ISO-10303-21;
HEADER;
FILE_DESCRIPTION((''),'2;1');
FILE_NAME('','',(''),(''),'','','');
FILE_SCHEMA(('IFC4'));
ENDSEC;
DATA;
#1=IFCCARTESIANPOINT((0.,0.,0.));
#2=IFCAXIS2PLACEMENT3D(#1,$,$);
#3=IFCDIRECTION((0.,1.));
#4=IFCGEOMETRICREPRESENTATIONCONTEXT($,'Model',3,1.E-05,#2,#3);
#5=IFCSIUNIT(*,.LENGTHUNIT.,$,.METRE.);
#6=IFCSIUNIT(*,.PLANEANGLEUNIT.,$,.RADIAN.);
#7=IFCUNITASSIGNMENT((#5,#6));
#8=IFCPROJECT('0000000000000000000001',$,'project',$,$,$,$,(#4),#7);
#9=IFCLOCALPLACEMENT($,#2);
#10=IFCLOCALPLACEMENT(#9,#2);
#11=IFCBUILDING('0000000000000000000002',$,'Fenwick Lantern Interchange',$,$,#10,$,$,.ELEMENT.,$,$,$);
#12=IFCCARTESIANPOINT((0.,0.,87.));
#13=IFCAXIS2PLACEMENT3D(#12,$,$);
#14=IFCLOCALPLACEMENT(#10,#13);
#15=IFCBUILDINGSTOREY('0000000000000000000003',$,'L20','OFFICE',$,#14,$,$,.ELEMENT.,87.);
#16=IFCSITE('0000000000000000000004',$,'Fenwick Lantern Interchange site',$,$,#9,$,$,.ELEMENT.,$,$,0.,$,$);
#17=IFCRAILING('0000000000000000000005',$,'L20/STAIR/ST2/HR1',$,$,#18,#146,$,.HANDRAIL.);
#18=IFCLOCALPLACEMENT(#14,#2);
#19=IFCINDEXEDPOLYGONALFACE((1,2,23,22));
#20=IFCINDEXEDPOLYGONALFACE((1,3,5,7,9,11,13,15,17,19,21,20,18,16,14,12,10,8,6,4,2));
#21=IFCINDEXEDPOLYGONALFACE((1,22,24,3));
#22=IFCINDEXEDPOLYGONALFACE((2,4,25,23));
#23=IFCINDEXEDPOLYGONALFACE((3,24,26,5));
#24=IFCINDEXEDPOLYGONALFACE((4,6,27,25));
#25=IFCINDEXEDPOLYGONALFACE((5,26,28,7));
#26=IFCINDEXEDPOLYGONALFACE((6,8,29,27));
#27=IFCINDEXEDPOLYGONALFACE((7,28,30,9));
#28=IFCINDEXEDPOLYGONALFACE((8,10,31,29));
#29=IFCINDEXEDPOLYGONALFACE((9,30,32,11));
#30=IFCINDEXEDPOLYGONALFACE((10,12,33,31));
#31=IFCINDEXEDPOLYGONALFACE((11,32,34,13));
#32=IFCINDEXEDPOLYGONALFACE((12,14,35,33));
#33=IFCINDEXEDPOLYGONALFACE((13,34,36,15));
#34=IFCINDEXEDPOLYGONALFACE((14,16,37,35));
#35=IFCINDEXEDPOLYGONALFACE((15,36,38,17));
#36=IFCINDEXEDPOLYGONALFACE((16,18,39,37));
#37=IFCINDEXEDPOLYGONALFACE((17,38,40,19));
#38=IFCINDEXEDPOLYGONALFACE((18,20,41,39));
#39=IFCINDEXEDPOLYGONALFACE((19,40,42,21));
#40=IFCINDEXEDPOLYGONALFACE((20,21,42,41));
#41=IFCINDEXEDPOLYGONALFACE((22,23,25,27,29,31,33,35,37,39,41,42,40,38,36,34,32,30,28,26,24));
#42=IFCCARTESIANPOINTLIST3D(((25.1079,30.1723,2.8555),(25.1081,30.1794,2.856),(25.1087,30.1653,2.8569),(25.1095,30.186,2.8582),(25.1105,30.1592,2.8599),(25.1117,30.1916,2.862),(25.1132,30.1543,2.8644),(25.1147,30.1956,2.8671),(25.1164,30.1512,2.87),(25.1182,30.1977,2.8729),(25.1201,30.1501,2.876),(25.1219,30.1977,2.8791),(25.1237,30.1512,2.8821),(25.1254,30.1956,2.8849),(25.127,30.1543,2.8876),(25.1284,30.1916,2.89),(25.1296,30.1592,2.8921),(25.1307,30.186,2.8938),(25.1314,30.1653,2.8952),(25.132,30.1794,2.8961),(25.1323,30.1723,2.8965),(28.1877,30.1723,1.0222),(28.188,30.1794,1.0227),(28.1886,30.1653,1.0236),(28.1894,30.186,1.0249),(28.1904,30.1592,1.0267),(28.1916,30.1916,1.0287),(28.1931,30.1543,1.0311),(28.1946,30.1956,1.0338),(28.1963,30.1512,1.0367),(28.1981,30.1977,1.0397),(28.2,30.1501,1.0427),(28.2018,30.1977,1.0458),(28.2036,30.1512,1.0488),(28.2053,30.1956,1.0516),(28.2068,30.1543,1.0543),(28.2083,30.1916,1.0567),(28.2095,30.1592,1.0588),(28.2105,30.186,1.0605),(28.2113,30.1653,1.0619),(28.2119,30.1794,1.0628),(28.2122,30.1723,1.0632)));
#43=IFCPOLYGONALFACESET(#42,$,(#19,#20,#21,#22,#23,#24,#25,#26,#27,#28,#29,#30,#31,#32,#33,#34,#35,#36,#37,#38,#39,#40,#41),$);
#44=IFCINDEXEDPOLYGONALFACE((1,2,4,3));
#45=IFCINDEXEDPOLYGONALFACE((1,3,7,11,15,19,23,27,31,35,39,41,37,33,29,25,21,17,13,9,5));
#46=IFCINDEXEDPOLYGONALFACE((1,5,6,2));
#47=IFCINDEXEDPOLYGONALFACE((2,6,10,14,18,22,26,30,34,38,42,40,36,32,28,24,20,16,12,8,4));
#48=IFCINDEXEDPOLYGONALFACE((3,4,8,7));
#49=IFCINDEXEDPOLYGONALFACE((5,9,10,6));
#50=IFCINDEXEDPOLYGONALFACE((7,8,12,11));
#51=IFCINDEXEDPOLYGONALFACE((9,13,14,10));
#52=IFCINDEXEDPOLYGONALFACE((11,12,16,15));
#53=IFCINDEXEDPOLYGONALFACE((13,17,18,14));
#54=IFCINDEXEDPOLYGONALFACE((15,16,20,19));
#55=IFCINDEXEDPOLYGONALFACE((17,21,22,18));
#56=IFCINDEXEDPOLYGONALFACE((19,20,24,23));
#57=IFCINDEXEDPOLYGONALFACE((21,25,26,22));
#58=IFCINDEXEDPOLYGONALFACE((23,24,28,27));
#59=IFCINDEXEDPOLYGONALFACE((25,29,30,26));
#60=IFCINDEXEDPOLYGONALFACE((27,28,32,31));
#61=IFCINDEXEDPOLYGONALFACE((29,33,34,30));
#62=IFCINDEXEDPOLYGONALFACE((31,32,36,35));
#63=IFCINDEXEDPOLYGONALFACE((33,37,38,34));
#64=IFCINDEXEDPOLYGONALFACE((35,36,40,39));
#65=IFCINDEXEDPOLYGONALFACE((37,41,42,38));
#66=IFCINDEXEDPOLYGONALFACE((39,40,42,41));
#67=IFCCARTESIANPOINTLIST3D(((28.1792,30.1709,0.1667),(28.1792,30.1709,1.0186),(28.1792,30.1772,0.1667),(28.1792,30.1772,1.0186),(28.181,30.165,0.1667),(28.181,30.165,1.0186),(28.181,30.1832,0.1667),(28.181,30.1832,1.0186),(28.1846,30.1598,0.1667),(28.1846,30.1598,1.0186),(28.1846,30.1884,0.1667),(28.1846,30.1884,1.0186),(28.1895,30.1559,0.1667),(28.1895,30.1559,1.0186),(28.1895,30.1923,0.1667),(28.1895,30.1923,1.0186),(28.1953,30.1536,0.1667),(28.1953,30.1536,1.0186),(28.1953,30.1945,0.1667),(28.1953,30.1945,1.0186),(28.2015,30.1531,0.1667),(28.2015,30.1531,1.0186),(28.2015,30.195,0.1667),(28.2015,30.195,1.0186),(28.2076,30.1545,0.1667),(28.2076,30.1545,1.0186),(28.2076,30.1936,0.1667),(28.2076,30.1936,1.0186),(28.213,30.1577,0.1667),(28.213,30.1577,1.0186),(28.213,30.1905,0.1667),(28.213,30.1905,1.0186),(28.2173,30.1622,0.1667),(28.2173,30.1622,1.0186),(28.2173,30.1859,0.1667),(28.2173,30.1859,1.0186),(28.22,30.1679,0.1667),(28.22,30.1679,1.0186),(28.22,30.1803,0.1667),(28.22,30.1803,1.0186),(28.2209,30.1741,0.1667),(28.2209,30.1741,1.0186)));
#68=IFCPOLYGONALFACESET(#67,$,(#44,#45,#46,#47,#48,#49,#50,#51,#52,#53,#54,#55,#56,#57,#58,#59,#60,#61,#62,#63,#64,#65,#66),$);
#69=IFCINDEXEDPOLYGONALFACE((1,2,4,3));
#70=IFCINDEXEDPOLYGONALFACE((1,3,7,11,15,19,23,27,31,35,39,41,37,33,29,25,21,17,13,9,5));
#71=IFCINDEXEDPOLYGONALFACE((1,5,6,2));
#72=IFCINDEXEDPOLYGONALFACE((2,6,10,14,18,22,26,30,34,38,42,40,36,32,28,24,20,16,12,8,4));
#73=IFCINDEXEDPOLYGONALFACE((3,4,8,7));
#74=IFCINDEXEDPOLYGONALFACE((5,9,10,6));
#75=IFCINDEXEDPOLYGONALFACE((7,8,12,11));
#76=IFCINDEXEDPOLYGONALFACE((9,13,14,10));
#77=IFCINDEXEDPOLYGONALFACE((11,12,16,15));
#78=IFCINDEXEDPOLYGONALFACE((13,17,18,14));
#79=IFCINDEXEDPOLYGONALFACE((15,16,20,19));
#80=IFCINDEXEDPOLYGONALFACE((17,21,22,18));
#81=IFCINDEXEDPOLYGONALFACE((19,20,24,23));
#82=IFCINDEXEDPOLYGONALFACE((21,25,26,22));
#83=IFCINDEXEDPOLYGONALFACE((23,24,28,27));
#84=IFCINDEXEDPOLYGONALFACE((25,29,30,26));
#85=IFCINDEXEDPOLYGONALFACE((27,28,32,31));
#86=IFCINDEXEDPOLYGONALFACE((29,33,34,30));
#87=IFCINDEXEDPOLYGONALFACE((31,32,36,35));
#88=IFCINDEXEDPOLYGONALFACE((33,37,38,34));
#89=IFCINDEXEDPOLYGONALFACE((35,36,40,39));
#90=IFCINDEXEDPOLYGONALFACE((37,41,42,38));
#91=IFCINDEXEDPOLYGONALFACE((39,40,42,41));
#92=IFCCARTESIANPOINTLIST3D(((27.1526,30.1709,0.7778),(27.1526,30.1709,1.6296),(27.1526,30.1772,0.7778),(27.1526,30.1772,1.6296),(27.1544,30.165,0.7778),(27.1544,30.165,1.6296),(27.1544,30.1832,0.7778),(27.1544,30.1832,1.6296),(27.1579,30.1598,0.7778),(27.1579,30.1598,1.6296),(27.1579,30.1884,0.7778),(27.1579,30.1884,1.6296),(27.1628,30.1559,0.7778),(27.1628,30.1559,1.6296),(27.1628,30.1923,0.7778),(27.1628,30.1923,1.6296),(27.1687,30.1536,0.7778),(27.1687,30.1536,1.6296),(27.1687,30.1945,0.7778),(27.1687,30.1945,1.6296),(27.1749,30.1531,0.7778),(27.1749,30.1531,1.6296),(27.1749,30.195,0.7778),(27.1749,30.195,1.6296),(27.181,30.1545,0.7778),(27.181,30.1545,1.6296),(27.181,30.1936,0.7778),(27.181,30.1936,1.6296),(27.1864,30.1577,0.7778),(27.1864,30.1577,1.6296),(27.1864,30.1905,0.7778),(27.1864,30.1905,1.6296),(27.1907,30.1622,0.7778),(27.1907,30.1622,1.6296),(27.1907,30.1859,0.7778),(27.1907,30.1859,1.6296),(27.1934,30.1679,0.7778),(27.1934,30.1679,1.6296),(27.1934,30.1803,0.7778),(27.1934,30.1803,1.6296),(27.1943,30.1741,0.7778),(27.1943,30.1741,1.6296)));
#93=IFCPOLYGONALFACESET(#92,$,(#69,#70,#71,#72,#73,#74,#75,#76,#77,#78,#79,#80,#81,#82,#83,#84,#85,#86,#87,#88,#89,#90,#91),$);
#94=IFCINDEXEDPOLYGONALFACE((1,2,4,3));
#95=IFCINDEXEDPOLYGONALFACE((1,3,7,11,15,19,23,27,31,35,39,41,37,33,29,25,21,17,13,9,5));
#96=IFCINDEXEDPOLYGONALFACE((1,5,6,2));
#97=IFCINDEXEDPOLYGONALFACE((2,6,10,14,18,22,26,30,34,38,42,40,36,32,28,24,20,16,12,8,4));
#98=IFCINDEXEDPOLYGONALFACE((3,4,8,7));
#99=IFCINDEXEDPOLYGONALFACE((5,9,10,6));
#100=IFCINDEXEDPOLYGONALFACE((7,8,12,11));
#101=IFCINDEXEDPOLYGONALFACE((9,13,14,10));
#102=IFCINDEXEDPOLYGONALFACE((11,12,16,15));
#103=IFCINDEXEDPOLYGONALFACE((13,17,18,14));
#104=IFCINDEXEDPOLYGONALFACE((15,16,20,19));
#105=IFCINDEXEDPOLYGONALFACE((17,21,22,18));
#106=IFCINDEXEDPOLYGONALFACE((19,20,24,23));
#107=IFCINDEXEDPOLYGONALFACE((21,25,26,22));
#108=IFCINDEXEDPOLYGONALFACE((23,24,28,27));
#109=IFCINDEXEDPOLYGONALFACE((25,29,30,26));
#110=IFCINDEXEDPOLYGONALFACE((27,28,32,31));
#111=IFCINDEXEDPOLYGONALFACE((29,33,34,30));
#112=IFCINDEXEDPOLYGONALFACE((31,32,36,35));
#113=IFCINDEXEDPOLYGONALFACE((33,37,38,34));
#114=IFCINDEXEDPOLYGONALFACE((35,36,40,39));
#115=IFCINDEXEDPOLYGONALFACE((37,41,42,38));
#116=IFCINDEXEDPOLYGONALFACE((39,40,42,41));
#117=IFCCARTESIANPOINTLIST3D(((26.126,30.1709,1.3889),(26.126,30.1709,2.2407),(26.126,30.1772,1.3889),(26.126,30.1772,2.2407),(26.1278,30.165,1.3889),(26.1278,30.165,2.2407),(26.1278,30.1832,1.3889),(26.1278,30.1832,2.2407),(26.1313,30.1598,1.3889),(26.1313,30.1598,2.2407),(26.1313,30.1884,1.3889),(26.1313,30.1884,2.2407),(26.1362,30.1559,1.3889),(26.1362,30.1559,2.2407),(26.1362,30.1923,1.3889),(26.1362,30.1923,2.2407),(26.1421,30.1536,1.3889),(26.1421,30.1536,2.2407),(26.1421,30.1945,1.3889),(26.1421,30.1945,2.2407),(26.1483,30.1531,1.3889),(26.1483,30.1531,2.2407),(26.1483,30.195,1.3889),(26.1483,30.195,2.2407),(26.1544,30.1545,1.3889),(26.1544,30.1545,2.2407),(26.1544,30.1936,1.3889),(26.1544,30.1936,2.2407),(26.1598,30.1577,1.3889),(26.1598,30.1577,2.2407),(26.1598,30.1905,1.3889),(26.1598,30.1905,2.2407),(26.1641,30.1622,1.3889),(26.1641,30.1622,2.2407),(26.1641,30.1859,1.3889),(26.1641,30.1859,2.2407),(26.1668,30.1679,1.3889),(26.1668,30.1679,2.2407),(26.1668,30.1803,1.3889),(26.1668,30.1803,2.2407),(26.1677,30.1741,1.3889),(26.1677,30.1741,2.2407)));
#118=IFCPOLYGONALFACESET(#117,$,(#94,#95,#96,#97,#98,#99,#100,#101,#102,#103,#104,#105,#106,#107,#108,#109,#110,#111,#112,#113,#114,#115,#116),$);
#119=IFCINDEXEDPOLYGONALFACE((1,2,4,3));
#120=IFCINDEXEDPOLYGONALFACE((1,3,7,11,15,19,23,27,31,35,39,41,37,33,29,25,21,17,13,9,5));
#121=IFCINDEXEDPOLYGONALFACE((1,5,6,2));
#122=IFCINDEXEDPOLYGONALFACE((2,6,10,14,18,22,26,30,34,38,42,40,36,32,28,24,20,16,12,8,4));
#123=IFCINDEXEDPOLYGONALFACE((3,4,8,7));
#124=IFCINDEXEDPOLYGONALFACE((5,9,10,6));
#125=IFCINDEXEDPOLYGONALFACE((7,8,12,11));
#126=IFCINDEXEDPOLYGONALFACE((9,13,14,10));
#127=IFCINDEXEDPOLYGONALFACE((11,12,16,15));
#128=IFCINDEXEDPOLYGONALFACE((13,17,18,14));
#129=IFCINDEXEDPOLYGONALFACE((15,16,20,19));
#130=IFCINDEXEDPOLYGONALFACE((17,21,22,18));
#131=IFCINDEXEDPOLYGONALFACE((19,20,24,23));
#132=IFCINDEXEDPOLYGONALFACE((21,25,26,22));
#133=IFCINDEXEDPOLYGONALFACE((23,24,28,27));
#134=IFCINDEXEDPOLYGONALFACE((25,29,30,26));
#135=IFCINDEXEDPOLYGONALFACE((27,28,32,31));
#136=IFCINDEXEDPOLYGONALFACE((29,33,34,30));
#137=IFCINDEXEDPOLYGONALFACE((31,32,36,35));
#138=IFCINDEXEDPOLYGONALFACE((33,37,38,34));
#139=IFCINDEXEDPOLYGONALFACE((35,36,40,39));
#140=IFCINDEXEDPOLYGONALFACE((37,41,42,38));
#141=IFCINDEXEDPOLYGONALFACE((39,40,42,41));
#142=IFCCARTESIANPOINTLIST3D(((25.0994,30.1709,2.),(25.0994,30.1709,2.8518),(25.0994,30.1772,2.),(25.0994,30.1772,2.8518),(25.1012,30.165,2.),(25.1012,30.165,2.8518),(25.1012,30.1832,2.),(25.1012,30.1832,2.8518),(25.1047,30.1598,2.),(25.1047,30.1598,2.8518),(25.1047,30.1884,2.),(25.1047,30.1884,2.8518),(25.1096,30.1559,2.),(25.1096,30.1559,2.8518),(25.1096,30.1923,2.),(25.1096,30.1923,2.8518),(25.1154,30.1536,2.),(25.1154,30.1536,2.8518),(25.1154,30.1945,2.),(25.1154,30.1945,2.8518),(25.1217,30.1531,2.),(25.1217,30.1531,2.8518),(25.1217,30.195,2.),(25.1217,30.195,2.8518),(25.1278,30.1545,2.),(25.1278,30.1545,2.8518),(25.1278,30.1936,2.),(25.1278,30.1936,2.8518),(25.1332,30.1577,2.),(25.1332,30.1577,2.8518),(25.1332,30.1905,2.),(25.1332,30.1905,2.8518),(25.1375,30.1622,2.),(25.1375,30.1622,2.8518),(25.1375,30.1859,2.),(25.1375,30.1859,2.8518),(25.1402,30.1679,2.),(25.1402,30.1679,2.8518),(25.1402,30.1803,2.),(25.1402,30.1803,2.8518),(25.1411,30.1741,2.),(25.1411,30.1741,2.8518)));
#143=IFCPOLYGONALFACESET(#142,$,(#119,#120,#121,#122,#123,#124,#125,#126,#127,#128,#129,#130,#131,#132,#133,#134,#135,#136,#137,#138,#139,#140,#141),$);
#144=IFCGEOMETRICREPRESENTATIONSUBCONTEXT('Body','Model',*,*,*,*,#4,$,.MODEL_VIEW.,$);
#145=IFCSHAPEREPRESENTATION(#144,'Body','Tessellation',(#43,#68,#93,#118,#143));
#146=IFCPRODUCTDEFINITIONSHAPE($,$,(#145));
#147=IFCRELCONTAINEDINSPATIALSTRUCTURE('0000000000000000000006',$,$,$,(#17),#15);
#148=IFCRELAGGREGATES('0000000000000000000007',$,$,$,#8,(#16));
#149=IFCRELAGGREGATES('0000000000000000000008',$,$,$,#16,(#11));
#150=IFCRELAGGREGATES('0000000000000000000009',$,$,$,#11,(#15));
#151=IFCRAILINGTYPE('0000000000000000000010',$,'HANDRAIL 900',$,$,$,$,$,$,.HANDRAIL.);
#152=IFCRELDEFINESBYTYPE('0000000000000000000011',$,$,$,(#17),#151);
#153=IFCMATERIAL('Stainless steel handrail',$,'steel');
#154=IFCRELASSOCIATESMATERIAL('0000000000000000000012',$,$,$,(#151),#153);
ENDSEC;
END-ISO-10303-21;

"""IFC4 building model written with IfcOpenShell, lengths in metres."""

from ifc_helpers import new_model, si_unit, direction, frame, origin, origin_2d, place, context, subcontext, project, spatial, circle, extrude, material, type_object, element, save


model = new_model("IFC4")

# Units and contexts
model_context = context("Model", 3, precision=1e-05, world=origin(), true_north=direction((0.0, 1.0)))
body_context = subcontext(model_context, "Body", "Model", "MODEL_VIEW")
ifc_project = project(units=[si_unit("LENGTHUNIT", "METRE"), si_unit("PLANEANGLEUNIT", "RADIAN")], contexts=[model_context])

# Site, building, storey
site_placement = place(None, origin())
site = spatial("IfcSite", under=ifc_project, at=site_placement, Name="Fenwick Lantern Interchange site", CompositionType="ELEMENT", RefElevation=0.0)
building_placement = place(site_placement, origin())
building = spatial("IfcBuilding", under=site, at=building_placement, Name="Fenwick Lantern Interchange", CompositionType="ELEMENT")
storey_placement = place(building_placement, frame((0.0, 0.0, 87.0)))
storey = spatial("IfcBuildingStorey", under=building, at=storey_placement, Name="L20", Description="OFFICE", CompositionType="ELEMENT", Elevation=87.0)

# Railing
ifc_material_1 = material(Name="Stainless steel handrail", Category="steel")
railing_type = type_object("IfcRailingType", Name="HANDRAIL 900", PredefinedType="HANDRAIL", material=ifc_material_1)
railing_1_placement = place(storey_placement, frame((28.2, 30.1741, 0.1667)))
element("IfcRailing", 1, at=railing_1_placement, inside=storey, type_object=railing_type, Name="L20/STAIR/ST2/HR1", PredefinedType="HANDRAIL", context=body_context, shape_type="SweptSolid", body=[
    extrude(circle(Radius=0.0239, at=origin_2d()), frame((0.0, 0.0, 0.876), z_axis=(-0.859291, 0.0, 0.511487), x_axis=(0.0, -1.0, 0.0)), (0.0, 0.0, 1.0), 3.5842),
    extrude(circle(Radius=0.021, at=origin_2d()), origin(), (0.0, 0.0, 1.0), 0.8518),
    extrude(circle(Radius=0.021, at=origin_2d()), frame((-1.0266, 0.0, 0.6111)), (0.0, 0.0, 1.0), 0.8518),
    extrude(circle(Radius=0.021, at=origin_2d()), frame((-2.0532, 0.0, 1.2222)), (0.0, 0.0, 1.0), 0.8518),
    extrude(circle(Radius=0.021, at=origin_2d()), frame((-3.0798, 0.0, 1.8333)), (0.0, 0.0, 1.0), 0.8518),
])

save(model, "model.ifc")
